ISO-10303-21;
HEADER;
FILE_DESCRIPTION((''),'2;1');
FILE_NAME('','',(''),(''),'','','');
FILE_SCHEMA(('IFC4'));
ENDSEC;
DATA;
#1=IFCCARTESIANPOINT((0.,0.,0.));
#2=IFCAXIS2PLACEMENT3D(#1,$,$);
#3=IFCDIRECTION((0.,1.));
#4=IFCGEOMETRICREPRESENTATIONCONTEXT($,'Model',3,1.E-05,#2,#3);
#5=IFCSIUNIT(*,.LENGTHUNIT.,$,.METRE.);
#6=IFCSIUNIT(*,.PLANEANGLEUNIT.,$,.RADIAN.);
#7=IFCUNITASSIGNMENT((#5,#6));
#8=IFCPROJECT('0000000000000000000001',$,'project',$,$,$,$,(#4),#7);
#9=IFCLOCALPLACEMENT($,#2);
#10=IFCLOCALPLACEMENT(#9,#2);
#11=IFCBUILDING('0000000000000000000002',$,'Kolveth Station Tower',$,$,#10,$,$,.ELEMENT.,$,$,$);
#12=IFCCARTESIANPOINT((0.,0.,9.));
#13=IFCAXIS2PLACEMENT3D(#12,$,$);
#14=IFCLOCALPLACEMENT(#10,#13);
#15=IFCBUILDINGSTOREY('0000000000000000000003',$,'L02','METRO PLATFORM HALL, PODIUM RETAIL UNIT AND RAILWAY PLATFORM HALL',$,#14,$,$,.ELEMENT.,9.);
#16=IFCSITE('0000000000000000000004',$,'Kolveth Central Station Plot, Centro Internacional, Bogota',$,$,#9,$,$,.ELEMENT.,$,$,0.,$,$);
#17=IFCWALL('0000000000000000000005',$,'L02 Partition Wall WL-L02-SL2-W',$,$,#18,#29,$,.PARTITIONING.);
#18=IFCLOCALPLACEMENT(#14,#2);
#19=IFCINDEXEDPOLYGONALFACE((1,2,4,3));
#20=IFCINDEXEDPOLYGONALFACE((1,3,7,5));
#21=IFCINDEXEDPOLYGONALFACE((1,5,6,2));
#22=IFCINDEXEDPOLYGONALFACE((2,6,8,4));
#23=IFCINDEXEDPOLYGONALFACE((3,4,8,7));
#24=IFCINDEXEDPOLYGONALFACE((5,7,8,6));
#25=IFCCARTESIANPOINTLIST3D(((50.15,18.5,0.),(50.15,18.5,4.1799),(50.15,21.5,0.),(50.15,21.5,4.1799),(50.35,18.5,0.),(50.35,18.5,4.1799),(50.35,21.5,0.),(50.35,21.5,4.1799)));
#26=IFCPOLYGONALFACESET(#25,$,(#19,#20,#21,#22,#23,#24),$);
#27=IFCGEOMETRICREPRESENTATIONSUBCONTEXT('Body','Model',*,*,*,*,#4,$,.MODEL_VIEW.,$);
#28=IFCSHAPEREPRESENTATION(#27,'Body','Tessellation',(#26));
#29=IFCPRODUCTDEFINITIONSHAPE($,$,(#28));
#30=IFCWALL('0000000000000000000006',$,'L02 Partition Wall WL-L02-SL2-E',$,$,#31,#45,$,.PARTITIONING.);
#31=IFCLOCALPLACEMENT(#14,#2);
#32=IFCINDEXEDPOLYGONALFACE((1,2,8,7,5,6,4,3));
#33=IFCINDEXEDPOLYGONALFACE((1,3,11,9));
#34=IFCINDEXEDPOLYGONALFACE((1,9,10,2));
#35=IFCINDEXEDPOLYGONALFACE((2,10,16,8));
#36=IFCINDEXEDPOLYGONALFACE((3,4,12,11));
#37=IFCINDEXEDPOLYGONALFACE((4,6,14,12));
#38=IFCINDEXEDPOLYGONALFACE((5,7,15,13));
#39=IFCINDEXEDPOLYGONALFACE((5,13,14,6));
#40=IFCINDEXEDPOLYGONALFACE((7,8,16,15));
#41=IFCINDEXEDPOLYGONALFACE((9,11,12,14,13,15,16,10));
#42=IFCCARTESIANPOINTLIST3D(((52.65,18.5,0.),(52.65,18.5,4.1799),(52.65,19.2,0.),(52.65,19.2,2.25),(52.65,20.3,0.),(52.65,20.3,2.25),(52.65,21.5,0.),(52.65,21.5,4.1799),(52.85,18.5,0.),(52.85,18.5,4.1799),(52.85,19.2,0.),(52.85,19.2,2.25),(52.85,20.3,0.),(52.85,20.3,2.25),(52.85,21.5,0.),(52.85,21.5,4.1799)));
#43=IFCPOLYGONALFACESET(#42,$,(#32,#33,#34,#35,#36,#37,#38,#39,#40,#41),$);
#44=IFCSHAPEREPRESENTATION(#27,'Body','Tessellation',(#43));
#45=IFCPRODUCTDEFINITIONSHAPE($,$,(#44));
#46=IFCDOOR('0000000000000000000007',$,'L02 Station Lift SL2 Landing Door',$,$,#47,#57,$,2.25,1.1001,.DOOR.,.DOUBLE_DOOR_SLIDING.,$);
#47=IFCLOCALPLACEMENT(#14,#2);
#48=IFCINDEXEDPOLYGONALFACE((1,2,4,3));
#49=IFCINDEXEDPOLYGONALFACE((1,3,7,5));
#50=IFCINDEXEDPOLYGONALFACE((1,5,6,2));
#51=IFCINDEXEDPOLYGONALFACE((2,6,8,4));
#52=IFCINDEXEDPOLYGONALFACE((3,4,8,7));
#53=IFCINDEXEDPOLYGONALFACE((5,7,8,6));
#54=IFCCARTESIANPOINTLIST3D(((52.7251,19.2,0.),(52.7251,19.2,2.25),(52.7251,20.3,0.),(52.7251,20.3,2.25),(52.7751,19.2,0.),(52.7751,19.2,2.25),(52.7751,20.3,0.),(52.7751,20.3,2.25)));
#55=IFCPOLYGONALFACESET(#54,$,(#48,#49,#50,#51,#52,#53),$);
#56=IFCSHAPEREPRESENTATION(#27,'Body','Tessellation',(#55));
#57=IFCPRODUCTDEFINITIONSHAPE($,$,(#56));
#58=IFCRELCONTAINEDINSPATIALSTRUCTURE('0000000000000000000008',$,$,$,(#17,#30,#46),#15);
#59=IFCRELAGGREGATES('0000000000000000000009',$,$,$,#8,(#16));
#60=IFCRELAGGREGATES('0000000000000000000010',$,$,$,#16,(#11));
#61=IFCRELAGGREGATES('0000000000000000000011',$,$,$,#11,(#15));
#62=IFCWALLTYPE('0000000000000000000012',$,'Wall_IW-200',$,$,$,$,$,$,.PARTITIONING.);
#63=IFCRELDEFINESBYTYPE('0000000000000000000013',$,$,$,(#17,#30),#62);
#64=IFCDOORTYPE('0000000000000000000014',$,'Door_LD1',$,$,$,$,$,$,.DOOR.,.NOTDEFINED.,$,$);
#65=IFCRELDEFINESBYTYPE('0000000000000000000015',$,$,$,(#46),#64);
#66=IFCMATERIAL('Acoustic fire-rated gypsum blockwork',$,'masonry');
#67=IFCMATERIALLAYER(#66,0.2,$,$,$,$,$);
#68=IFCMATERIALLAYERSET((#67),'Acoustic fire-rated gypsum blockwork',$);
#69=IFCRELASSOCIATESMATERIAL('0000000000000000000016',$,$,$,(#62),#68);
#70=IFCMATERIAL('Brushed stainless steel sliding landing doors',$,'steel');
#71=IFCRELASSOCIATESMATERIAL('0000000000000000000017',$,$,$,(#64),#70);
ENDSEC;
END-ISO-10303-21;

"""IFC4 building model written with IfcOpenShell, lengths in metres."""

from ifc_helpers import new_model, si_unit, direction, frame, frame_2d, origin, place, context, subcontext, project, spatial, rectangle, extrude, material, layer, layer_set, type_object, element, fill, save


model = new_model("IFC4")

# Units and contexts
model_context = context("Model", 3, precision=1e-05, world=origin(), true_north=direction((0.0, 1.0)))
body_context = subcontext(model_context, "Body", "Model", "MODEL_VIEW")
ifc_project = project(units=[si_unit("LENGTHUNIT", "METRE"), si_unit("PLANEANGLEUNIT", "RADIAN")], contexts=[model_context])

# Site, building, storey
site_placement = place(None, origin())
site = spatial("IfcSite", under=ifc_project, at=site_placement, Name="Kolveth Central Station Plot, Centro Internacional, Bogota", CompositionType="ELEMENT", RefElevation=0.0)
building_placement = place(site_placement, origin())
building = spatial("IfcBuilding", under=site, at=building_placement, Name="Kolveth Station Tower", CompositionType="ELEMENT")
storey_placement = place(building_placement, frame((0.0, 0.0, 9.0)))
storey = spatial("IfcBuildingStorey", under=building, at=storey_placement, Name="L02", Description="METRO PLATFORM HALL, PODIUM RETAIL UNIT AND RAILWAY PLATFORM HALL", CompositionType="ELEMENT", Elevation=9.0)

# Wall
ifc_material_1 = material(Name="Acoustic fire-rated gypsum blockwork", Category="masonry")
ifc_layer_1 = layer(ifc_material_1, 0.2)
ifc_layer_set_1 = layer_set([ifc_layer_1], Name="Acoustic fire-rated gypsum blockwork")
wall_type = type_object("IfcWallType", Name="Wall_IW-200", PredefinedType="PARTITIONING", material=ifc_layer_set_1)
wall_1_placement = place(storey_placement, frame((50.25, 18.5, 0.0), z_axis=(0.0, 0.0, 1.0), x_axis=(0.0, 1.0, 0.0)))
element("IfcWall", 1, at=wall_1_placement, inside=storey, type_object=wall_type, Name="L02 Partition Wall WL-L02-SL2-W", PredefinedType="PARTITIONING", context=body_context, shape_type="SweptSolid", body=[
    extrude(rectangle(XDim=3.0, YDim=0.2, at=frame_2d((1.5, 0.0))), origin(), (0.0, 0.0, 1.0), 4.1799),
])

# Wall, opening, door
wall_2_placement = place(storey_placement, frame((52.75, 18.5, 0.0), z_axis=(0.0, 0.0, 1.0), x_axis=(0.0, 1.0, 0.0)))
wall_2 = element("IfcWall", 2, at=wall_2_placement, inside=storey, type_object=wall_type, Name="L02 Partition Wall WL-L02-SL2-E", PredefinedType="PARTITIONING", context=body_context, shape_type="SweptSolid", body=[
    extrude(rectangle(XDim=3.0, YDim=0.2, at=frame_2d((1.5, 0.0))), origin(), (0.0, 0.0, 1.0), 4.1799),
])
opening_placement = place(wall_2_placement, frame((0.7, 0.0, 0.0)))
opening = element("IfcOpeningElement", 3, at=opening_placement, cuts=wall_2, PredefinedType="OPENING", context=body_context, shape_type="SweptSolid", body=[
    extrude(rectangle(XDim=1.1001, YDim=2.25, at=frame_2d((0.55, 1.125))), frame((0.0, 0.1099, 0.0), z_axis=(0.0, -1.0, 0.0), x_axis=(1.0, 0.0, 0.0)), (0.0, 0.0, 1.0), 0.22),
])
ifc_material_2 = material(Name="Brushed stainless steel sliding landing doors", Category="steel")
door_type = type_object("IfcDoorType", Name="Door_LD1", OperationType="NOTDEFINED", PredefinedType="DOOR", material=ifc_material_2)
door_placement = place(opening_placement, origin())
door = element("IfcDoor", 4, at=door_placement, inside=storey, type_object=door_type, Name="L02 Station Lift SL2 Landing Door", OperationType="DOUBLE_DOOR_SLIDING", OverallHeight=2.25, OverallWidth=1.1001, PredefinedType="DOOR", context=body_context, shape_type="SweptSolid", body=[
    extrude(rectangle(XDim=1.1001, YDim=2.25, at=frame_2d((0.55, 1.125))), frame((0.0, 0.0249, 0.0), z_axis=(0.0, -1.0, 0.0), x_axis=(1.0, 0.0, 0.0)), (0.0, 0.0, 1.0), 0.05),
])
fill(opening, door)

save(model, "model.ifc")
